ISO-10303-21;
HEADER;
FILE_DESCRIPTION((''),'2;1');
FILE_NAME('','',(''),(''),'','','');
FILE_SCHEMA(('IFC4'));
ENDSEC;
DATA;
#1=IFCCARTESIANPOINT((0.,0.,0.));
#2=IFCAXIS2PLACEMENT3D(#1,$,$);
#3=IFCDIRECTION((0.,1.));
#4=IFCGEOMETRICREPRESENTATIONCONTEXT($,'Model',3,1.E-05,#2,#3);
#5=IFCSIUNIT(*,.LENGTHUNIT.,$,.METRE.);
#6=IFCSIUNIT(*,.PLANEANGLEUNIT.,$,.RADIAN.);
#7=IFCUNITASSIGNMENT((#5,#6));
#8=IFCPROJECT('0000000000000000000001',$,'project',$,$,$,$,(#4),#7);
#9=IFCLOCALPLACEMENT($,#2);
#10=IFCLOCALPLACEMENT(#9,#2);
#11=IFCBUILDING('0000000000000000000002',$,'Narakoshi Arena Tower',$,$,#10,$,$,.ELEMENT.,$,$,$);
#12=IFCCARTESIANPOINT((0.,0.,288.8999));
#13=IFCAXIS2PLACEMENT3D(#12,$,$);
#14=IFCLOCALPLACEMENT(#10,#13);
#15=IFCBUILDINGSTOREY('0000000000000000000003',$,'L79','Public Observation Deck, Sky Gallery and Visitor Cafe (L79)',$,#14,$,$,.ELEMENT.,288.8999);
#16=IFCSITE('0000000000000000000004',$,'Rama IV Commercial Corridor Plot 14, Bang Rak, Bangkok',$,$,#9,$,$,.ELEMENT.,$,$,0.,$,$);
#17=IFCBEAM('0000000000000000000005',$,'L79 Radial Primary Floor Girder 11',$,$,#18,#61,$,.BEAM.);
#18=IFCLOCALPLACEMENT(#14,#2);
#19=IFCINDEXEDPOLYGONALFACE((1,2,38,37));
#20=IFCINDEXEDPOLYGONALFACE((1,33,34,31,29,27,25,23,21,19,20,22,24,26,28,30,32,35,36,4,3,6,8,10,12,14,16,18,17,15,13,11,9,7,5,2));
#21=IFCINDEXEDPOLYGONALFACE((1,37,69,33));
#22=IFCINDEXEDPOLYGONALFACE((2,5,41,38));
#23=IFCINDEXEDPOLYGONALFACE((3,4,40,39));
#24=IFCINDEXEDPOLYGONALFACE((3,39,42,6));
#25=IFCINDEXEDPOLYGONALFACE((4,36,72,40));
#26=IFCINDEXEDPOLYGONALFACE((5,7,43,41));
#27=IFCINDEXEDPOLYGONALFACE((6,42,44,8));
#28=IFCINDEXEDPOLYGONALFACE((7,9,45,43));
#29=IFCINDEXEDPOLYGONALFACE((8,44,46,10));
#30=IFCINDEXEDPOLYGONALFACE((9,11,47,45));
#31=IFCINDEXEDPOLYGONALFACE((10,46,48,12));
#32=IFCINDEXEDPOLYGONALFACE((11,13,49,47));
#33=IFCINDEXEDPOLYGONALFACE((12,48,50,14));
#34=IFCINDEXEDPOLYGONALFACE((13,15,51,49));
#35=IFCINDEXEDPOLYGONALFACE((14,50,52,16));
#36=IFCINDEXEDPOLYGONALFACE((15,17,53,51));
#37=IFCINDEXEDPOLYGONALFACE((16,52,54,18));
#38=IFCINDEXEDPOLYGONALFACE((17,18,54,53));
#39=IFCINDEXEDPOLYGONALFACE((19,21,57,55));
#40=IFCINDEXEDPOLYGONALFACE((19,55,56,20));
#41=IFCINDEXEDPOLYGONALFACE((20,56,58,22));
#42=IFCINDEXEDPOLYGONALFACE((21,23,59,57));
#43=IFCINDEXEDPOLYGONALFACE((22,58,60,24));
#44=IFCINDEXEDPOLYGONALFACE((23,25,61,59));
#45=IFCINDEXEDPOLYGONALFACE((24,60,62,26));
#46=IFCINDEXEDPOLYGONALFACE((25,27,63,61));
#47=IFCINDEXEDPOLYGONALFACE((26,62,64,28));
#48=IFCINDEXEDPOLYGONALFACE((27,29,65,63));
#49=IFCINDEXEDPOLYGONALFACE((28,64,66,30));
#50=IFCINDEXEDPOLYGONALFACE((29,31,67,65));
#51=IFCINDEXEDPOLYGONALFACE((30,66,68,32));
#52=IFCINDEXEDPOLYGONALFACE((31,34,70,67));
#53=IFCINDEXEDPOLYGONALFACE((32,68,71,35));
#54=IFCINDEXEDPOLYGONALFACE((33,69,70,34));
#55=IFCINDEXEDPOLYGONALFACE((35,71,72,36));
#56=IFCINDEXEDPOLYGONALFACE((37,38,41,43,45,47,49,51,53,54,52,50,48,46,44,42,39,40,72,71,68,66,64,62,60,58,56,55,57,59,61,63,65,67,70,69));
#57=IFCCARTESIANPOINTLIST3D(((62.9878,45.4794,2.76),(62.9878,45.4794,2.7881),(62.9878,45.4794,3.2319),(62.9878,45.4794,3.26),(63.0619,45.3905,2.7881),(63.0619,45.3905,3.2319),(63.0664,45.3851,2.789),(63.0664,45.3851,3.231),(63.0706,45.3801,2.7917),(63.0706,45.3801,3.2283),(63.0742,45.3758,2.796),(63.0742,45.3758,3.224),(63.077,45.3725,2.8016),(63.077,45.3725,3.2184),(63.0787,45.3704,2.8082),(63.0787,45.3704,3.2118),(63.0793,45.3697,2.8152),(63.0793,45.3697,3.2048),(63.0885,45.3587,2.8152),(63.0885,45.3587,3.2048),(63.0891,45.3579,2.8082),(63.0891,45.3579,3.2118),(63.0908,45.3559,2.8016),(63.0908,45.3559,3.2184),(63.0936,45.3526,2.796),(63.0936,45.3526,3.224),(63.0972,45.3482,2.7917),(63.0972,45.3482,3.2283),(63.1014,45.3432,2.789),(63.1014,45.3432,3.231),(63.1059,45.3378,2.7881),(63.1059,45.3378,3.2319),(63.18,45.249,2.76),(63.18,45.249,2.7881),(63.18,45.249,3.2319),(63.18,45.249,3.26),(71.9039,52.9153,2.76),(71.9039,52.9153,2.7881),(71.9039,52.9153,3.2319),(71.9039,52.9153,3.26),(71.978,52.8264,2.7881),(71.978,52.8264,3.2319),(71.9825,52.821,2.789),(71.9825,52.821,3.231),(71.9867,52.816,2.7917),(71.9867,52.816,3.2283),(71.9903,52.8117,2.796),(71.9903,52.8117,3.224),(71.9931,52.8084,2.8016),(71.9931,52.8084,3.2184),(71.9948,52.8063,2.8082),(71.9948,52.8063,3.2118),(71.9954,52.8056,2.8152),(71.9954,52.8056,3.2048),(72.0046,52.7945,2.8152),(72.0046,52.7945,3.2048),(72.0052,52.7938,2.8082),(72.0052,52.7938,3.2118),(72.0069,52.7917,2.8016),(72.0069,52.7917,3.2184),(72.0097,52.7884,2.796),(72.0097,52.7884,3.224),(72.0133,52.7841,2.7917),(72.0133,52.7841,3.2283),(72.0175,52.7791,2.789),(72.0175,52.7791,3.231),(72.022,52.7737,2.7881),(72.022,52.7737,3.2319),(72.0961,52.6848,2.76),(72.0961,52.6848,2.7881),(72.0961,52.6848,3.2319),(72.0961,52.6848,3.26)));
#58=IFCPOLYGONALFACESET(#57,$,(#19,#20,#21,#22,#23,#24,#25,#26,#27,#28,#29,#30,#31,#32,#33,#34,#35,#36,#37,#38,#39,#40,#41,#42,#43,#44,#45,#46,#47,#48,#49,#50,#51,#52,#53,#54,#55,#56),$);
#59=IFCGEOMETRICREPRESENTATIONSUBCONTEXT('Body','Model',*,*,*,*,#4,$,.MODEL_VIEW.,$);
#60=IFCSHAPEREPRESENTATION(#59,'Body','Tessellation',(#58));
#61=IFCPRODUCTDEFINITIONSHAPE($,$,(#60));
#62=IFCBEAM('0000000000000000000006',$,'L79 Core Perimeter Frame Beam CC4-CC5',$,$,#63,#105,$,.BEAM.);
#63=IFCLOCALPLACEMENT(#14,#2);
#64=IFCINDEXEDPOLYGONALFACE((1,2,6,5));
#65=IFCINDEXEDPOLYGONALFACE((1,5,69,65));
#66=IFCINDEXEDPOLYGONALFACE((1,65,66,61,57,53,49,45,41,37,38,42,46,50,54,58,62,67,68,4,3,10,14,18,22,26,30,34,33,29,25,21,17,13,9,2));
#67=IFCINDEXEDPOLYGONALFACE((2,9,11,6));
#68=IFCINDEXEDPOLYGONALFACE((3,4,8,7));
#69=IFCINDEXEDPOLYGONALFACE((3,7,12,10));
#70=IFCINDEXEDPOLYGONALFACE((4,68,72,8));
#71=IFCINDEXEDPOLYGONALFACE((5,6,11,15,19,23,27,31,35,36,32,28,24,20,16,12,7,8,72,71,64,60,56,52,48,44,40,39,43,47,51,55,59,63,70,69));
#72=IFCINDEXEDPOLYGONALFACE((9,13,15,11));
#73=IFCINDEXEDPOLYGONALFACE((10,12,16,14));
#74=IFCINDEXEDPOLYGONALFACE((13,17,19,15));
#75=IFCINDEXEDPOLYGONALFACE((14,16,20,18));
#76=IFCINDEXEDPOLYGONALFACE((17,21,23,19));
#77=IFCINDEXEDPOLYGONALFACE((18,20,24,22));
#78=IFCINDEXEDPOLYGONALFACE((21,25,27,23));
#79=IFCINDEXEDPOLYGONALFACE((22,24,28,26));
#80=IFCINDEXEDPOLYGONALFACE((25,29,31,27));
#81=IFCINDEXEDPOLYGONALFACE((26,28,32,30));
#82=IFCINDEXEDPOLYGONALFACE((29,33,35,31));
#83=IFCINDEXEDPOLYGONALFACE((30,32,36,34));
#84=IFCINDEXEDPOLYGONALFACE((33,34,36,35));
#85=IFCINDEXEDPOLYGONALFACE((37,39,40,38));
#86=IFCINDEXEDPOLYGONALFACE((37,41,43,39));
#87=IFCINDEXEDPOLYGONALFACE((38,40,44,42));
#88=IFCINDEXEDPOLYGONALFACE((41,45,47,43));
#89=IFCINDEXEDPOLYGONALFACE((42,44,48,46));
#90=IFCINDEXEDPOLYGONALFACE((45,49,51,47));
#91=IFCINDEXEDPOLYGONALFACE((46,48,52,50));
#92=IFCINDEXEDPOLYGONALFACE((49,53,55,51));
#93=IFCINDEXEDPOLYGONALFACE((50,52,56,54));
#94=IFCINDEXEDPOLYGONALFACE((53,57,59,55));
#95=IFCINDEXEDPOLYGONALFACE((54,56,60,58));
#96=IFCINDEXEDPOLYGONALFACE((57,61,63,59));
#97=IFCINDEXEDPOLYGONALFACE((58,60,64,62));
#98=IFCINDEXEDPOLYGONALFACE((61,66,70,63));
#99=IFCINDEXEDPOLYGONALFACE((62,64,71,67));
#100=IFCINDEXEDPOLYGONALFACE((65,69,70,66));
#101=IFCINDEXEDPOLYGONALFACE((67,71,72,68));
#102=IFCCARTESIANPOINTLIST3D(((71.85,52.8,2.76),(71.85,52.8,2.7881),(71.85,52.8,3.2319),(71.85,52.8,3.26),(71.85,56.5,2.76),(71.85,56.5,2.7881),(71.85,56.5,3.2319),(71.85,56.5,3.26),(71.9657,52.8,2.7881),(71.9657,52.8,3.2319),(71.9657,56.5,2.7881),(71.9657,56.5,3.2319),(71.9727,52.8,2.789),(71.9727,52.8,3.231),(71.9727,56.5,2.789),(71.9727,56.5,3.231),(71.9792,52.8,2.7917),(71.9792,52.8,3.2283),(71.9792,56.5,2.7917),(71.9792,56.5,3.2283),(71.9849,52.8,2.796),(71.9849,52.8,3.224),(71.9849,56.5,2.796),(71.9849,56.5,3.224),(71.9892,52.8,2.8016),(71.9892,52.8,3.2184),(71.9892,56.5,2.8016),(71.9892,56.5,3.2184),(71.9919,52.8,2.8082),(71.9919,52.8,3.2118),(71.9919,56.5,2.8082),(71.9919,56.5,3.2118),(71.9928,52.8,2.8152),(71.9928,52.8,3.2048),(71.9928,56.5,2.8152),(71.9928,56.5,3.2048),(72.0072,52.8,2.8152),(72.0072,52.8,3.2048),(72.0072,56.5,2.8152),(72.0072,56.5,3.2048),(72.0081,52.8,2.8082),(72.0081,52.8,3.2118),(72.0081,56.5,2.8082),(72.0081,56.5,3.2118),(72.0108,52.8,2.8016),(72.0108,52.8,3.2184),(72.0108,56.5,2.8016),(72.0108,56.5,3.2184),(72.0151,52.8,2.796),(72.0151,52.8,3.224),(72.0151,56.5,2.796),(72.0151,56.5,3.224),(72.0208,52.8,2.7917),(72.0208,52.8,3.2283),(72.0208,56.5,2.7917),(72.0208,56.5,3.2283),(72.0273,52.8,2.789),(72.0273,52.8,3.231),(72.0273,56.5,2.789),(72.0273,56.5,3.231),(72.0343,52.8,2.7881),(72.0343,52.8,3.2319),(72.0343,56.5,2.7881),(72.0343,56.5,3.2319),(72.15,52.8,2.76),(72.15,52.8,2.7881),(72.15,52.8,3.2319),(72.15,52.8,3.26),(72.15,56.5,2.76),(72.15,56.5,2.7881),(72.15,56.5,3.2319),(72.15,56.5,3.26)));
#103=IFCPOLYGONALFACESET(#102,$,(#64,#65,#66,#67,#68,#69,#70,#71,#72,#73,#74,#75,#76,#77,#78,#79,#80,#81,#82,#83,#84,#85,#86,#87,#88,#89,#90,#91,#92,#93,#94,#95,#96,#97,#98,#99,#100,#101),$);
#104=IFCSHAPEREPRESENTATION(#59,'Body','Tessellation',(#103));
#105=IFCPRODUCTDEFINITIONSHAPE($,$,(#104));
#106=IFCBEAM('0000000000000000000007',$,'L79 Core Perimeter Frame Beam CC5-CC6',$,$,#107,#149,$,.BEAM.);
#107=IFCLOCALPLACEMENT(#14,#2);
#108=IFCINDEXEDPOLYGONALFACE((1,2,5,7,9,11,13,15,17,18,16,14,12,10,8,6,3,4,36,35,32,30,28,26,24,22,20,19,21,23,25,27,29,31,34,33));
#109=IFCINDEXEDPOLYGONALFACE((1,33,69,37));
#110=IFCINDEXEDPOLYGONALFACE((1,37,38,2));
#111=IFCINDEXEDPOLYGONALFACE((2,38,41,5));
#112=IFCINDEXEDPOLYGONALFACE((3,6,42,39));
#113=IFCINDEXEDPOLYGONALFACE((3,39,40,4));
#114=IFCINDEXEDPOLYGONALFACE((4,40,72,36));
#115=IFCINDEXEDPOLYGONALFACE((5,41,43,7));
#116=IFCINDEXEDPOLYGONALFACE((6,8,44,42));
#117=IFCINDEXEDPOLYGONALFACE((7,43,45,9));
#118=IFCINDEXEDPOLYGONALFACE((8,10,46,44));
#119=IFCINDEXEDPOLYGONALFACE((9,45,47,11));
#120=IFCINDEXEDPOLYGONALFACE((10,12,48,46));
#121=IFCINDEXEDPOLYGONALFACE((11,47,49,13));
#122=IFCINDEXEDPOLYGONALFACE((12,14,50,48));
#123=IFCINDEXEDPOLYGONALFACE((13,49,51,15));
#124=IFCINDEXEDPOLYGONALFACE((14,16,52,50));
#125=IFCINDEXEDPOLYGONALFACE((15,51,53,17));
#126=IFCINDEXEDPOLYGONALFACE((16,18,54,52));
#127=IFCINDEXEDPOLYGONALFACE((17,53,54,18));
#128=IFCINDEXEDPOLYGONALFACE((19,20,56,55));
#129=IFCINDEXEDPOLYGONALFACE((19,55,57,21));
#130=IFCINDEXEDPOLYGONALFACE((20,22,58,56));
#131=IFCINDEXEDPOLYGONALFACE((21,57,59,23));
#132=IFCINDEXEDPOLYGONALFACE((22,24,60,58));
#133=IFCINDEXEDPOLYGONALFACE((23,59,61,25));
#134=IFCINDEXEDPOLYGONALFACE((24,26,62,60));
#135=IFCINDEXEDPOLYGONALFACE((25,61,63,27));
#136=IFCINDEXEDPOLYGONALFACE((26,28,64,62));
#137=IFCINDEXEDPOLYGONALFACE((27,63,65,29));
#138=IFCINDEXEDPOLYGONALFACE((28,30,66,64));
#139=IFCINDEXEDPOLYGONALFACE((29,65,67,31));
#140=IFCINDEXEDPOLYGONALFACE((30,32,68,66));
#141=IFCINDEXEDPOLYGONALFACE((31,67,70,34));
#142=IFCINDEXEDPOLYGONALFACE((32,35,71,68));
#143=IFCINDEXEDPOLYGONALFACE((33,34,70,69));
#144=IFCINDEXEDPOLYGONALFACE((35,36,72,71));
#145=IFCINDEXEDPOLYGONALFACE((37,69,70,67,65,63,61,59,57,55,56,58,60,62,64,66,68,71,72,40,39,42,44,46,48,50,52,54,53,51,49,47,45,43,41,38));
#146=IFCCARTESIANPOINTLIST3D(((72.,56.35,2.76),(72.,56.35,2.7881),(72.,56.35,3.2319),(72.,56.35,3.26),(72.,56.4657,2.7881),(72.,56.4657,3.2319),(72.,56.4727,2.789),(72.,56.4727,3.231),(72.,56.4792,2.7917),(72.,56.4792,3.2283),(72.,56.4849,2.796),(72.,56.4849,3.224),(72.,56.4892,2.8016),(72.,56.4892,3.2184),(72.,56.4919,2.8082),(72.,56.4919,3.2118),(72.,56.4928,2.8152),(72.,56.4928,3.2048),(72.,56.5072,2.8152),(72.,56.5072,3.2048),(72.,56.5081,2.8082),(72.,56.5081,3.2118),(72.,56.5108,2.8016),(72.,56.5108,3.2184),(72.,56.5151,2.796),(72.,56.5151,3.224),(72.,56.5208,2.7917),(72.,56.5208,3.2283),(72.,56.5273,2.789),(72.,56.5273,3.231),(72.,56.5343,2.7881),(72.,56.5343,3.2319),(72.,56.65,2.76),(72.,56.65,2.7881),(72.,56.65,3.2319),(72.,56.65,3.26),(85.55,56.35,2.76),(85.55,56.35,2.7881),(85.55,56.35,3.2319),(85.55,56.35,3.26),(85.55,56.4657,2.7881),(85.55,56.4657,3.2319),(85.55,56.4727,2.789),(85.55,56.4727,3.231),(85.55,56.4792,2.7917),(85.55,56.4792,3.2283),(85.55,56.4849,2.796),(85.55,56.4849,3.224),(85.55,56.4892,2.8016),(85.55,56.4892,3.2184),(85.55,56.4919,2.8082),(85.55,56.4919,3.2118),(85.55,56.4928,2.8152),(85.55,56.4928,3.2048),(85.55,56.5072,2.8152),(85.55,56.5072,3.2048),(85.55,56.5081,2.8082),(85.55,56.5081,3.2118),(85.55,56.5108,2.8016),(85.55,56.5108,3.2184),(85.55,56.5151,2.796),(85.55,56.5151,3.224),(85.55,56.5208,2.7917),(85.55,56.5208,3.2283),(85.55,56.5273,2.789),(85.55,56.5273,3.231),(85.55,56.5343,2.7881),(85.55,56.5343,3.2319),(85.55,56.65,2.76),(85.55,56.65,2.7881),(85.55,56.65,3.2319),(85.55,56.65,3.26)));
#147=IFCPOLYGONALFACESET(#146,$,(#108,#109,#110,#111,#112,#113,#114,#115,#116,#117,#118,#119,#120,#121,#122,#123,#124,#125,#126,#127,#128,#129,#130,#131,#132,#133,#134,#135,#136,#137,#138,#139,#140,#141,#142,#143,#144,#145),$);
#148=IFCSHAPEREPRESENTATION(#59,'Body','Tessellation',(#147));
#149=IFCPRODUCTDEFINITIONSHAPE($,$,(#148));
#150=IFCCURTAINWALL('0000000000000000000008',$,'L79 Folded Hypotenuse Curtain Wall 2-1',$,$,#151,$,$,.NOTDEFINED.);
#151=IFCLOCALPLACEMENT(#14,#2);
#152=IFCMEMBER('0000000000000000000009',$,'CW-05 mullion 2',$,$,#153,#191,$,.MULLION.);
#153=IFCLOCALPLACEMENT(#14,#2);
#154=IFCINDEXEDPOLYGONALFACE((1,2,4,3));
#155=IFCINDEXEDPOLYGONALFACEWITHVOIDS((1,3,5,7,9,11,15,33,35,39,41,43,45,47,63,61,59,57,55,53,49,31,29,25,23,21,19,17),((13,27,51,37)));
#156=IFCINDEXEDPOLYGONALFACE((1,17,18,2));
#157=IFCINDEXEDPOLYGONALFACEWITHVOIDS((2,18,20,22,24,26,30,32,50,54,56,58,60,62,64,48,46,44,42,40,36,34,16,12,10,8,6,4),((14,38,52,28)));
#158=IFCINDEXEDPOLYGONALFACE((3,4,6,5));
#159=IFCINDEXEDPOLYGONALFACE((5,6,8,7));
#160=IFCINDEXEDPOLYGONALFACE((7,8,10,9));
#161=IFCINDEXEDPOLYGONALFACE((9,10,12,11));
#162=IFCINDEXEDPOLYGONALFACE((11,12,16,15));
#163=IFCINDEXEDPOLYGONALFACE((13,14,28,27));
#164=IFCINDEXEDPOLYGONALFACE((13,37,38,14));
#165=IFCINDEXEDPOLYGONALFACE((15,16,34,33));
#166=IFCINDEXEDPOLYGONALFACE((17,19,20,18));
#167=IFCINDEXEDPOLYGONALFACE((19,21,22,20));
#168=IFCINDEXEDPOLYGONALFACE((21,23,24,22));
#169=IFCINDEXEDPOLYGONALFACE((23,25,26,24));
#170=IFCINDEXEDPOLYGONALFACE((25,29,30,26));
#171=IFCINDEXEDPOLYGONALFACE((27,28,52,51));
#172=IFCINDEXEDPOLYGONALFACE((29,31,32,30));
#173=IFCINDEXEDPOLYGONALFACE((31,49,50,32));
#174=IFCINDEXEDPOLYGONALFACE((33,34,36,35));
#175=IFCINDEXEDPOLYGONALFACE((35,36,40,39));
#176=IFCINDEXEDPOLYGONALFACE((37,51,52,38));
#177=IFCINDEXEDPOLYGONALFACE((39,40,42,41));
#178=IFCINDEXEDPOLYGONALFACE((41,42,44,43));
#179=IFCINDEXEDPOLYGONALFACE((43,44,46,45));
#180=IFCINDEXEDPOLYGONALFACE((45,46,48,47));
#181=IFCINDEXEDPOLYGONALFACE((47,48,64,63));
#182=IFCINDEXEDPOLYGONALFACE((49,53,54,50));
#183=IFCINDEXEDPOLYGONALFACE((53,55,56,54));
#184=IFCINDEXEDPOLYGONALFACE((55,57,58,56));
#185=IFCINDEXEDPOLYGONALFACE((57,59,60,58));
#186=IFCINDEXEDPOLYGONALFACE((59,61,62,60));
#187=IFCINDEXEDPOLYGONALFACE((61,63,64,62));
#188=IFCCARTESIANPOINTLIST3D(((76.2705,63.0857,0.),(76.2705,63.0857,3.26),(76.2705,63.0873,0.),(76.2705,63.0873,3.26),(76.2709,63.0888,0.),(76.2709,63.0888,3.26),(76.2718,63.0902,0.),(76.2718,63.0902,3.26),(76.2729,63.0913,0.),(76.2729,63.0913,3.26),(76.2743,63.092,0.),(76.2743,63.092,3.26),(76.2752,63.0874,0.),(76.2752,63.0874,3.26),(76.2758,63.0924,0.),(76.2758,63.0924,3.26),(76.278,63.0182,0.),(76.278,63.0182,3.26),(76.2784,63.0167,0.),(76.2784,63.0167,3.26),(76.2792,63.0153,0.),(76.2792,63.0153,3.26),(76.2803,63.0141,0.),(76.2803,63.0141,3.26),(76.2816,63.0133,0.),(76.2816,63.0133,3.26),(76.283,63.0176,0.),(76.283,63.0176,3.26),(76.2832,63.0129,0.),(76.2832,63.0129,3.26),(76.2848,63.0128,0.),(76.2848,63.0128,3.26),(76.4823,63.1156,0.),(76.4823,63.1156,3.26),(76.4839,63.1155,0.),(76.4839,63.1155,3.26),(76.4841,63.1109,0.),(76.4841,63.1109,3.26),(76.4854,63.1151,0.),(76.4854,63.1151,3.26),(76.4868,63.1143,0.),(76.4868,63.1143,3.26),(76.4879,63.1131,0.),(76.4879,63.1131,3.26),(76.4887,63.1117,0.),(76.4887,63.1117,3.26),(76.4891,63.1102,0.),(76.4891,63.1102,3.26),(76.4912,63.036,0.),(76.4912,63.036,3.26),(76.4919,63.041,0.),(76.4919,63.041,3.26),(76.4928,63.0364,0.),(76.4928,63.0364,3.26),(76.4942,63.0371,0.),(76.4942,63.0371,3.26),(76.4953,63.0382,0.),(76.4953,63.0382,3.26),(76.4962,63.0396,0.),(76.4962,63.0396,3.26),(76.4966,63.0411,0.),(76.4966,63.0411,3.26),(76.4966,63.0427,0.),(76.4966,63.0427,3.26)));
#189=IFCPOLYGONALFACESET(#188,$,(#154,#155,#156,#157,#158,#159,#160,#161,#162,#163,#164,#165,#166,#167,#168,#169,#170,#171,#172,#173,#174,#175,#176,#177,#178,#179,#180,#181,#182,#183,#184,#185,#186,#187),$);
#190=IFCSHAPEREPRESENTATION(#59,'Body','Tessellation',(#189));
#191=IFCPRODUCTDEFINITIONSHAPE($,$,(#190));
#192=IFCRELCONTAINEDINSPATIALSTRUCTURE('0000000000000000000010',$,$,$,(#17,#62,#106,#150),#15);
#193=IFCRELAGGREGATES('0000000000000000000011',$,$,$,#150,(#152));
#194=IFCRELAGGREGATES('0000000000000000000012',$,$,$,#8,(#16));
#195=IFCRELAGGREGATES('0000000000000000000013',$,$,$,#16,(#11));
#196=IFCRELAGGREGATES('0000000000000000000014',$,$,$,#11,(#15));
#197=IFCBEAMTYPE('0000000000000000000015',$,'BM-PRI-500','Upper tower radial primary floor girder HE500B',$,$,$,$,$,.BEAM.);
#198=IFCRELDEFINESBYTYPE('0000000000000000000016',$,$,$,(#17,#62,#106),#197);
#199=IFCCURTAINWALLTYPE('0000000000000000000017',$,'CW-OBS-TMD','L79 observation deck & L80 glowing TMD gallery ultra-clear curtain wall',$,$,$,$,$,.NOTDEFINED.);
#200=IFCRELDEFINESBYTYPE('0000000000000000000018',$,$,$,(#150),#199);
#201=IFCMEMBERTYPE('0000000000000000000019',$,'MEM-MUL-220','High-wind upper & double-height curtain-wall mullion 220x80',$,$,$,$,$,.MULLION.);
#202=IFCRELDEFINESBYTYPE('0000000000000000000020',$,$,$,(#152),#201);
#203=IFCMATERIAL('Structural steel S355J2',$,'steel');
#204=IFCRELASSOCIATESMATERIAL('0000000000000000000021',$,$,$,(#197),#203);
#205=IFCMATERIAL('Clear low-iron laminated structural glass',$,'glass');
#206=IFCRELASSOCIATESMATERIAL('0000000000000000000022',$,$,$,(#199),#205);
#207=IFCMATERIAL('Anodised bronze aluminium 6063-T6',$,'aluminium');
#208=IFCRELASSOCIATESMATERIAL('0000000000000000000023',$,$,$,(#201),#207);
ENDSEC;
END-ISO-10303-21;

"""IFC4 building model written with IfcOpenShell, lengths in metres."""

from ifc_helpers import new_model, si_unit, direction, frame, origin, origin_2d, place, context, subcontext, project, spatial, hollow_rectangle, i_section, extrude, material, material_profile, profile_set, type_object, element, aggregate, save


model = new_model("IFC4")

# Units and contexts
model_context = context("Model", 3, precision=1e-05, world=origin(), true_north=direction((0.0, 1.0)))
body_context = subcontext(model_context, "Body", "Model", "MODEL_VIEW")
ifc_project = project(units=[si_unit("LENGTHUNIT", "METRE"), si_unit("PLANEANGLEUNIT", "RADIAN")], contexts=[model_context])

# Site, building, storey
site_placement = place(None, origin())
site = spatial("IfcSite", under=ifc_project, at=site_placement, Name="Rama IV Commercial Corridor Plot 14, Bang Rak, Bangkok", CompositionType="ELEMENT", RefElevation=0.0)
building_placement = place(site_placement, origin())
building = spatial("IfcBuilding", under=site, at=building_placement, Name="Narakoshi Arena Tower", CompositionType="ELEMENT")
storey_placement = place(building_placement, frame((0.0, 0.0, 288.8999)))
storey = spatial("IfcBuildingStorey", under=building, at=storey_placement, Name="L79", Description="Public Observation Deck, Sky Gallery and Visitor Cafe (L79)", CompositionType="ELEMENT", Elevation=288.8999)

# Shared definitions
ifc_material_1 = material(Name="Structural steel S355J2", Category="steel")

# Beams
ifc_material_profile_1 = material_profile(ifc_material_1, i_section(OverallWidth=0.3, OverallDepth=0.5, WebThickness=0.0144, FlangeThickness=0.0281, FilletRadius=0.0271, at=origin_2d()), Name="HE500B")
ifc_profile_set_1 = profile_set([ifc_material_profile_1], Name="Structural steel S355J2")
beam_type = type_object("IfcBeamType", Name="BM-PRI-500", Description="Upper tower radial primary floor girder HE500B", PredefinedType="BEAM", material=ifc_profile_set_1)
beam_1_placement = place(storey_placement, frame((72.0, 52.8, 3.01), z_axis=(-0.767976, -0.640478, 0.0), x_axis=(0.640478, -0.767976, 0.0)))
element("IfcBeam", 1, at=beam_1_placement, inside=storey, type_object=beam_type, Name="L79 Radial Primary Floor Girder 11", PredefinedType="BEAM", context=body_context, shape_type="SweptSolid", body=[
    extrude(i_section(OverallWidth=0.3, OverallDepth=0.5, WebThickness=0.0144, FlangeThickness=0.0281, FilletRadius=0.0271, at=origin_2d()), origin(), (0.0, 0.0, 1.0), 11.6099),
])
beam_2_placement = place(storey_placement, frame((72.0, 52.8, 3.01), z_axis=(0.0, 1.0, 0.0), x_axis=(-1.0, 0.0, 0.0)))
element("IfcBeam", 2, at=beam_2_placement, inside=storey, type_object=beam_type, Name="L79 Core Perimeter Frame Beam CC4-CC5", PredefinedType="BEAM", context=body_context, shape_type="SweptSolid", body=[
    extrude(i_section(OverallWidth=0.3, OverallDepth=0.5, WebThickness=0.0144, FlangeThickness=0.0281, FilletRadius=0.0271, at=origin_2d()), origin(), (0.0, 0.0, 1.0), 3.7),
])
beam_3_placement = place(storey_placement, frame((72.0, 56.5, 3.01), z_axis=(1.0, 0.0, 0.0), x_axis=(0.0, 1.0, 0.0)))
element("IfcBeam", 3, at=beam_3_placement, inside=storey, type_object=beam_type, Name="L79 Core Perimeter Frame Beam CC5-CC6", PredefinedType="BEAM", context=body_context, shape_type="SweptSolid", body=[
    extrude(i_section(OverallWidth=0.3, OverallDepth=0.5, WebThickness=0.0144, FlangeThickness=0.0281, FilletRadius=0.0271, at=origin_2d()), origin(), (0.0, 0.0, 1.0), 13.55),
])

# Curtain wall, member
ifc_material_2 = material(Name="Clear low-iron laminated structural glass", Category="glass")
curtain_wall_type = type_object("IfcCurtainWallType", Name="CW-OBS-TMD", Description="L79 observation deck & L80 glowing TMD gallery ultra-clear curtain wall", PredefinedType="NOTDEFINED", material=ifc_material_2)
curtain_wall_placement = place(storey_placement, origin())
curtain_wall = element("IfcCurtainWall", 4, at=curtain_wall_placement, inside=storey, type_object=curtain_wall_type, Name="L79 Folded Hypotenuse Curtain Wall 2-1", PredefinedType="NOTDEFINED")
ifc_material_3 = material(Name="Anodised bronze aluminium 6063-T6", Category="aluminium")
ifc_material_profile_2 = material_profile(ifc_material_3, hollow_rectangle(XDim=0.0801, YDim=0.22, WallThickness=0.0049, OuterFilletRadius=0.0061, at=origin_2d()), Name="MUL220x80x5")
ifc_profile_set_2 = profile_set([ifc_material_profile_2], Name="Anodised bronze aluminium 6063-T6")
member_type_1 = type_object("IfcMemberType", Name="MEM-MUL-220", Description="High-wind upper & double-height curtain-wall mullion 220x80", PredefinedType="MULLION", material=ifc_profile_set_2)
member_1_placement = place(storey_placement, frame((76.3835, 63.0642, 0.0), z_axis=(0.0, 0.0, 1.0), x_axis=(0.111397, -0.993776, 0.0)))
member_1 = element("IfcMember", 5, at=member_1_placement, type_object=member_type_1, Name="CW-05 mullion 2", PredefinedType="MULLION", context=body_context, shape_type="SweptSolid", body=[
    extrude(hollow_rectangle(XDim=0.0801, YDim=0.22, WallThickness=0.0049, OuterFilletRadius=0.0061, at=origin_2d()), origin(), (0.0, 0.0, 1.0), 3.26),
])
aggregate(curtain_wall, [member_1])

save(model, "model.ifc")
